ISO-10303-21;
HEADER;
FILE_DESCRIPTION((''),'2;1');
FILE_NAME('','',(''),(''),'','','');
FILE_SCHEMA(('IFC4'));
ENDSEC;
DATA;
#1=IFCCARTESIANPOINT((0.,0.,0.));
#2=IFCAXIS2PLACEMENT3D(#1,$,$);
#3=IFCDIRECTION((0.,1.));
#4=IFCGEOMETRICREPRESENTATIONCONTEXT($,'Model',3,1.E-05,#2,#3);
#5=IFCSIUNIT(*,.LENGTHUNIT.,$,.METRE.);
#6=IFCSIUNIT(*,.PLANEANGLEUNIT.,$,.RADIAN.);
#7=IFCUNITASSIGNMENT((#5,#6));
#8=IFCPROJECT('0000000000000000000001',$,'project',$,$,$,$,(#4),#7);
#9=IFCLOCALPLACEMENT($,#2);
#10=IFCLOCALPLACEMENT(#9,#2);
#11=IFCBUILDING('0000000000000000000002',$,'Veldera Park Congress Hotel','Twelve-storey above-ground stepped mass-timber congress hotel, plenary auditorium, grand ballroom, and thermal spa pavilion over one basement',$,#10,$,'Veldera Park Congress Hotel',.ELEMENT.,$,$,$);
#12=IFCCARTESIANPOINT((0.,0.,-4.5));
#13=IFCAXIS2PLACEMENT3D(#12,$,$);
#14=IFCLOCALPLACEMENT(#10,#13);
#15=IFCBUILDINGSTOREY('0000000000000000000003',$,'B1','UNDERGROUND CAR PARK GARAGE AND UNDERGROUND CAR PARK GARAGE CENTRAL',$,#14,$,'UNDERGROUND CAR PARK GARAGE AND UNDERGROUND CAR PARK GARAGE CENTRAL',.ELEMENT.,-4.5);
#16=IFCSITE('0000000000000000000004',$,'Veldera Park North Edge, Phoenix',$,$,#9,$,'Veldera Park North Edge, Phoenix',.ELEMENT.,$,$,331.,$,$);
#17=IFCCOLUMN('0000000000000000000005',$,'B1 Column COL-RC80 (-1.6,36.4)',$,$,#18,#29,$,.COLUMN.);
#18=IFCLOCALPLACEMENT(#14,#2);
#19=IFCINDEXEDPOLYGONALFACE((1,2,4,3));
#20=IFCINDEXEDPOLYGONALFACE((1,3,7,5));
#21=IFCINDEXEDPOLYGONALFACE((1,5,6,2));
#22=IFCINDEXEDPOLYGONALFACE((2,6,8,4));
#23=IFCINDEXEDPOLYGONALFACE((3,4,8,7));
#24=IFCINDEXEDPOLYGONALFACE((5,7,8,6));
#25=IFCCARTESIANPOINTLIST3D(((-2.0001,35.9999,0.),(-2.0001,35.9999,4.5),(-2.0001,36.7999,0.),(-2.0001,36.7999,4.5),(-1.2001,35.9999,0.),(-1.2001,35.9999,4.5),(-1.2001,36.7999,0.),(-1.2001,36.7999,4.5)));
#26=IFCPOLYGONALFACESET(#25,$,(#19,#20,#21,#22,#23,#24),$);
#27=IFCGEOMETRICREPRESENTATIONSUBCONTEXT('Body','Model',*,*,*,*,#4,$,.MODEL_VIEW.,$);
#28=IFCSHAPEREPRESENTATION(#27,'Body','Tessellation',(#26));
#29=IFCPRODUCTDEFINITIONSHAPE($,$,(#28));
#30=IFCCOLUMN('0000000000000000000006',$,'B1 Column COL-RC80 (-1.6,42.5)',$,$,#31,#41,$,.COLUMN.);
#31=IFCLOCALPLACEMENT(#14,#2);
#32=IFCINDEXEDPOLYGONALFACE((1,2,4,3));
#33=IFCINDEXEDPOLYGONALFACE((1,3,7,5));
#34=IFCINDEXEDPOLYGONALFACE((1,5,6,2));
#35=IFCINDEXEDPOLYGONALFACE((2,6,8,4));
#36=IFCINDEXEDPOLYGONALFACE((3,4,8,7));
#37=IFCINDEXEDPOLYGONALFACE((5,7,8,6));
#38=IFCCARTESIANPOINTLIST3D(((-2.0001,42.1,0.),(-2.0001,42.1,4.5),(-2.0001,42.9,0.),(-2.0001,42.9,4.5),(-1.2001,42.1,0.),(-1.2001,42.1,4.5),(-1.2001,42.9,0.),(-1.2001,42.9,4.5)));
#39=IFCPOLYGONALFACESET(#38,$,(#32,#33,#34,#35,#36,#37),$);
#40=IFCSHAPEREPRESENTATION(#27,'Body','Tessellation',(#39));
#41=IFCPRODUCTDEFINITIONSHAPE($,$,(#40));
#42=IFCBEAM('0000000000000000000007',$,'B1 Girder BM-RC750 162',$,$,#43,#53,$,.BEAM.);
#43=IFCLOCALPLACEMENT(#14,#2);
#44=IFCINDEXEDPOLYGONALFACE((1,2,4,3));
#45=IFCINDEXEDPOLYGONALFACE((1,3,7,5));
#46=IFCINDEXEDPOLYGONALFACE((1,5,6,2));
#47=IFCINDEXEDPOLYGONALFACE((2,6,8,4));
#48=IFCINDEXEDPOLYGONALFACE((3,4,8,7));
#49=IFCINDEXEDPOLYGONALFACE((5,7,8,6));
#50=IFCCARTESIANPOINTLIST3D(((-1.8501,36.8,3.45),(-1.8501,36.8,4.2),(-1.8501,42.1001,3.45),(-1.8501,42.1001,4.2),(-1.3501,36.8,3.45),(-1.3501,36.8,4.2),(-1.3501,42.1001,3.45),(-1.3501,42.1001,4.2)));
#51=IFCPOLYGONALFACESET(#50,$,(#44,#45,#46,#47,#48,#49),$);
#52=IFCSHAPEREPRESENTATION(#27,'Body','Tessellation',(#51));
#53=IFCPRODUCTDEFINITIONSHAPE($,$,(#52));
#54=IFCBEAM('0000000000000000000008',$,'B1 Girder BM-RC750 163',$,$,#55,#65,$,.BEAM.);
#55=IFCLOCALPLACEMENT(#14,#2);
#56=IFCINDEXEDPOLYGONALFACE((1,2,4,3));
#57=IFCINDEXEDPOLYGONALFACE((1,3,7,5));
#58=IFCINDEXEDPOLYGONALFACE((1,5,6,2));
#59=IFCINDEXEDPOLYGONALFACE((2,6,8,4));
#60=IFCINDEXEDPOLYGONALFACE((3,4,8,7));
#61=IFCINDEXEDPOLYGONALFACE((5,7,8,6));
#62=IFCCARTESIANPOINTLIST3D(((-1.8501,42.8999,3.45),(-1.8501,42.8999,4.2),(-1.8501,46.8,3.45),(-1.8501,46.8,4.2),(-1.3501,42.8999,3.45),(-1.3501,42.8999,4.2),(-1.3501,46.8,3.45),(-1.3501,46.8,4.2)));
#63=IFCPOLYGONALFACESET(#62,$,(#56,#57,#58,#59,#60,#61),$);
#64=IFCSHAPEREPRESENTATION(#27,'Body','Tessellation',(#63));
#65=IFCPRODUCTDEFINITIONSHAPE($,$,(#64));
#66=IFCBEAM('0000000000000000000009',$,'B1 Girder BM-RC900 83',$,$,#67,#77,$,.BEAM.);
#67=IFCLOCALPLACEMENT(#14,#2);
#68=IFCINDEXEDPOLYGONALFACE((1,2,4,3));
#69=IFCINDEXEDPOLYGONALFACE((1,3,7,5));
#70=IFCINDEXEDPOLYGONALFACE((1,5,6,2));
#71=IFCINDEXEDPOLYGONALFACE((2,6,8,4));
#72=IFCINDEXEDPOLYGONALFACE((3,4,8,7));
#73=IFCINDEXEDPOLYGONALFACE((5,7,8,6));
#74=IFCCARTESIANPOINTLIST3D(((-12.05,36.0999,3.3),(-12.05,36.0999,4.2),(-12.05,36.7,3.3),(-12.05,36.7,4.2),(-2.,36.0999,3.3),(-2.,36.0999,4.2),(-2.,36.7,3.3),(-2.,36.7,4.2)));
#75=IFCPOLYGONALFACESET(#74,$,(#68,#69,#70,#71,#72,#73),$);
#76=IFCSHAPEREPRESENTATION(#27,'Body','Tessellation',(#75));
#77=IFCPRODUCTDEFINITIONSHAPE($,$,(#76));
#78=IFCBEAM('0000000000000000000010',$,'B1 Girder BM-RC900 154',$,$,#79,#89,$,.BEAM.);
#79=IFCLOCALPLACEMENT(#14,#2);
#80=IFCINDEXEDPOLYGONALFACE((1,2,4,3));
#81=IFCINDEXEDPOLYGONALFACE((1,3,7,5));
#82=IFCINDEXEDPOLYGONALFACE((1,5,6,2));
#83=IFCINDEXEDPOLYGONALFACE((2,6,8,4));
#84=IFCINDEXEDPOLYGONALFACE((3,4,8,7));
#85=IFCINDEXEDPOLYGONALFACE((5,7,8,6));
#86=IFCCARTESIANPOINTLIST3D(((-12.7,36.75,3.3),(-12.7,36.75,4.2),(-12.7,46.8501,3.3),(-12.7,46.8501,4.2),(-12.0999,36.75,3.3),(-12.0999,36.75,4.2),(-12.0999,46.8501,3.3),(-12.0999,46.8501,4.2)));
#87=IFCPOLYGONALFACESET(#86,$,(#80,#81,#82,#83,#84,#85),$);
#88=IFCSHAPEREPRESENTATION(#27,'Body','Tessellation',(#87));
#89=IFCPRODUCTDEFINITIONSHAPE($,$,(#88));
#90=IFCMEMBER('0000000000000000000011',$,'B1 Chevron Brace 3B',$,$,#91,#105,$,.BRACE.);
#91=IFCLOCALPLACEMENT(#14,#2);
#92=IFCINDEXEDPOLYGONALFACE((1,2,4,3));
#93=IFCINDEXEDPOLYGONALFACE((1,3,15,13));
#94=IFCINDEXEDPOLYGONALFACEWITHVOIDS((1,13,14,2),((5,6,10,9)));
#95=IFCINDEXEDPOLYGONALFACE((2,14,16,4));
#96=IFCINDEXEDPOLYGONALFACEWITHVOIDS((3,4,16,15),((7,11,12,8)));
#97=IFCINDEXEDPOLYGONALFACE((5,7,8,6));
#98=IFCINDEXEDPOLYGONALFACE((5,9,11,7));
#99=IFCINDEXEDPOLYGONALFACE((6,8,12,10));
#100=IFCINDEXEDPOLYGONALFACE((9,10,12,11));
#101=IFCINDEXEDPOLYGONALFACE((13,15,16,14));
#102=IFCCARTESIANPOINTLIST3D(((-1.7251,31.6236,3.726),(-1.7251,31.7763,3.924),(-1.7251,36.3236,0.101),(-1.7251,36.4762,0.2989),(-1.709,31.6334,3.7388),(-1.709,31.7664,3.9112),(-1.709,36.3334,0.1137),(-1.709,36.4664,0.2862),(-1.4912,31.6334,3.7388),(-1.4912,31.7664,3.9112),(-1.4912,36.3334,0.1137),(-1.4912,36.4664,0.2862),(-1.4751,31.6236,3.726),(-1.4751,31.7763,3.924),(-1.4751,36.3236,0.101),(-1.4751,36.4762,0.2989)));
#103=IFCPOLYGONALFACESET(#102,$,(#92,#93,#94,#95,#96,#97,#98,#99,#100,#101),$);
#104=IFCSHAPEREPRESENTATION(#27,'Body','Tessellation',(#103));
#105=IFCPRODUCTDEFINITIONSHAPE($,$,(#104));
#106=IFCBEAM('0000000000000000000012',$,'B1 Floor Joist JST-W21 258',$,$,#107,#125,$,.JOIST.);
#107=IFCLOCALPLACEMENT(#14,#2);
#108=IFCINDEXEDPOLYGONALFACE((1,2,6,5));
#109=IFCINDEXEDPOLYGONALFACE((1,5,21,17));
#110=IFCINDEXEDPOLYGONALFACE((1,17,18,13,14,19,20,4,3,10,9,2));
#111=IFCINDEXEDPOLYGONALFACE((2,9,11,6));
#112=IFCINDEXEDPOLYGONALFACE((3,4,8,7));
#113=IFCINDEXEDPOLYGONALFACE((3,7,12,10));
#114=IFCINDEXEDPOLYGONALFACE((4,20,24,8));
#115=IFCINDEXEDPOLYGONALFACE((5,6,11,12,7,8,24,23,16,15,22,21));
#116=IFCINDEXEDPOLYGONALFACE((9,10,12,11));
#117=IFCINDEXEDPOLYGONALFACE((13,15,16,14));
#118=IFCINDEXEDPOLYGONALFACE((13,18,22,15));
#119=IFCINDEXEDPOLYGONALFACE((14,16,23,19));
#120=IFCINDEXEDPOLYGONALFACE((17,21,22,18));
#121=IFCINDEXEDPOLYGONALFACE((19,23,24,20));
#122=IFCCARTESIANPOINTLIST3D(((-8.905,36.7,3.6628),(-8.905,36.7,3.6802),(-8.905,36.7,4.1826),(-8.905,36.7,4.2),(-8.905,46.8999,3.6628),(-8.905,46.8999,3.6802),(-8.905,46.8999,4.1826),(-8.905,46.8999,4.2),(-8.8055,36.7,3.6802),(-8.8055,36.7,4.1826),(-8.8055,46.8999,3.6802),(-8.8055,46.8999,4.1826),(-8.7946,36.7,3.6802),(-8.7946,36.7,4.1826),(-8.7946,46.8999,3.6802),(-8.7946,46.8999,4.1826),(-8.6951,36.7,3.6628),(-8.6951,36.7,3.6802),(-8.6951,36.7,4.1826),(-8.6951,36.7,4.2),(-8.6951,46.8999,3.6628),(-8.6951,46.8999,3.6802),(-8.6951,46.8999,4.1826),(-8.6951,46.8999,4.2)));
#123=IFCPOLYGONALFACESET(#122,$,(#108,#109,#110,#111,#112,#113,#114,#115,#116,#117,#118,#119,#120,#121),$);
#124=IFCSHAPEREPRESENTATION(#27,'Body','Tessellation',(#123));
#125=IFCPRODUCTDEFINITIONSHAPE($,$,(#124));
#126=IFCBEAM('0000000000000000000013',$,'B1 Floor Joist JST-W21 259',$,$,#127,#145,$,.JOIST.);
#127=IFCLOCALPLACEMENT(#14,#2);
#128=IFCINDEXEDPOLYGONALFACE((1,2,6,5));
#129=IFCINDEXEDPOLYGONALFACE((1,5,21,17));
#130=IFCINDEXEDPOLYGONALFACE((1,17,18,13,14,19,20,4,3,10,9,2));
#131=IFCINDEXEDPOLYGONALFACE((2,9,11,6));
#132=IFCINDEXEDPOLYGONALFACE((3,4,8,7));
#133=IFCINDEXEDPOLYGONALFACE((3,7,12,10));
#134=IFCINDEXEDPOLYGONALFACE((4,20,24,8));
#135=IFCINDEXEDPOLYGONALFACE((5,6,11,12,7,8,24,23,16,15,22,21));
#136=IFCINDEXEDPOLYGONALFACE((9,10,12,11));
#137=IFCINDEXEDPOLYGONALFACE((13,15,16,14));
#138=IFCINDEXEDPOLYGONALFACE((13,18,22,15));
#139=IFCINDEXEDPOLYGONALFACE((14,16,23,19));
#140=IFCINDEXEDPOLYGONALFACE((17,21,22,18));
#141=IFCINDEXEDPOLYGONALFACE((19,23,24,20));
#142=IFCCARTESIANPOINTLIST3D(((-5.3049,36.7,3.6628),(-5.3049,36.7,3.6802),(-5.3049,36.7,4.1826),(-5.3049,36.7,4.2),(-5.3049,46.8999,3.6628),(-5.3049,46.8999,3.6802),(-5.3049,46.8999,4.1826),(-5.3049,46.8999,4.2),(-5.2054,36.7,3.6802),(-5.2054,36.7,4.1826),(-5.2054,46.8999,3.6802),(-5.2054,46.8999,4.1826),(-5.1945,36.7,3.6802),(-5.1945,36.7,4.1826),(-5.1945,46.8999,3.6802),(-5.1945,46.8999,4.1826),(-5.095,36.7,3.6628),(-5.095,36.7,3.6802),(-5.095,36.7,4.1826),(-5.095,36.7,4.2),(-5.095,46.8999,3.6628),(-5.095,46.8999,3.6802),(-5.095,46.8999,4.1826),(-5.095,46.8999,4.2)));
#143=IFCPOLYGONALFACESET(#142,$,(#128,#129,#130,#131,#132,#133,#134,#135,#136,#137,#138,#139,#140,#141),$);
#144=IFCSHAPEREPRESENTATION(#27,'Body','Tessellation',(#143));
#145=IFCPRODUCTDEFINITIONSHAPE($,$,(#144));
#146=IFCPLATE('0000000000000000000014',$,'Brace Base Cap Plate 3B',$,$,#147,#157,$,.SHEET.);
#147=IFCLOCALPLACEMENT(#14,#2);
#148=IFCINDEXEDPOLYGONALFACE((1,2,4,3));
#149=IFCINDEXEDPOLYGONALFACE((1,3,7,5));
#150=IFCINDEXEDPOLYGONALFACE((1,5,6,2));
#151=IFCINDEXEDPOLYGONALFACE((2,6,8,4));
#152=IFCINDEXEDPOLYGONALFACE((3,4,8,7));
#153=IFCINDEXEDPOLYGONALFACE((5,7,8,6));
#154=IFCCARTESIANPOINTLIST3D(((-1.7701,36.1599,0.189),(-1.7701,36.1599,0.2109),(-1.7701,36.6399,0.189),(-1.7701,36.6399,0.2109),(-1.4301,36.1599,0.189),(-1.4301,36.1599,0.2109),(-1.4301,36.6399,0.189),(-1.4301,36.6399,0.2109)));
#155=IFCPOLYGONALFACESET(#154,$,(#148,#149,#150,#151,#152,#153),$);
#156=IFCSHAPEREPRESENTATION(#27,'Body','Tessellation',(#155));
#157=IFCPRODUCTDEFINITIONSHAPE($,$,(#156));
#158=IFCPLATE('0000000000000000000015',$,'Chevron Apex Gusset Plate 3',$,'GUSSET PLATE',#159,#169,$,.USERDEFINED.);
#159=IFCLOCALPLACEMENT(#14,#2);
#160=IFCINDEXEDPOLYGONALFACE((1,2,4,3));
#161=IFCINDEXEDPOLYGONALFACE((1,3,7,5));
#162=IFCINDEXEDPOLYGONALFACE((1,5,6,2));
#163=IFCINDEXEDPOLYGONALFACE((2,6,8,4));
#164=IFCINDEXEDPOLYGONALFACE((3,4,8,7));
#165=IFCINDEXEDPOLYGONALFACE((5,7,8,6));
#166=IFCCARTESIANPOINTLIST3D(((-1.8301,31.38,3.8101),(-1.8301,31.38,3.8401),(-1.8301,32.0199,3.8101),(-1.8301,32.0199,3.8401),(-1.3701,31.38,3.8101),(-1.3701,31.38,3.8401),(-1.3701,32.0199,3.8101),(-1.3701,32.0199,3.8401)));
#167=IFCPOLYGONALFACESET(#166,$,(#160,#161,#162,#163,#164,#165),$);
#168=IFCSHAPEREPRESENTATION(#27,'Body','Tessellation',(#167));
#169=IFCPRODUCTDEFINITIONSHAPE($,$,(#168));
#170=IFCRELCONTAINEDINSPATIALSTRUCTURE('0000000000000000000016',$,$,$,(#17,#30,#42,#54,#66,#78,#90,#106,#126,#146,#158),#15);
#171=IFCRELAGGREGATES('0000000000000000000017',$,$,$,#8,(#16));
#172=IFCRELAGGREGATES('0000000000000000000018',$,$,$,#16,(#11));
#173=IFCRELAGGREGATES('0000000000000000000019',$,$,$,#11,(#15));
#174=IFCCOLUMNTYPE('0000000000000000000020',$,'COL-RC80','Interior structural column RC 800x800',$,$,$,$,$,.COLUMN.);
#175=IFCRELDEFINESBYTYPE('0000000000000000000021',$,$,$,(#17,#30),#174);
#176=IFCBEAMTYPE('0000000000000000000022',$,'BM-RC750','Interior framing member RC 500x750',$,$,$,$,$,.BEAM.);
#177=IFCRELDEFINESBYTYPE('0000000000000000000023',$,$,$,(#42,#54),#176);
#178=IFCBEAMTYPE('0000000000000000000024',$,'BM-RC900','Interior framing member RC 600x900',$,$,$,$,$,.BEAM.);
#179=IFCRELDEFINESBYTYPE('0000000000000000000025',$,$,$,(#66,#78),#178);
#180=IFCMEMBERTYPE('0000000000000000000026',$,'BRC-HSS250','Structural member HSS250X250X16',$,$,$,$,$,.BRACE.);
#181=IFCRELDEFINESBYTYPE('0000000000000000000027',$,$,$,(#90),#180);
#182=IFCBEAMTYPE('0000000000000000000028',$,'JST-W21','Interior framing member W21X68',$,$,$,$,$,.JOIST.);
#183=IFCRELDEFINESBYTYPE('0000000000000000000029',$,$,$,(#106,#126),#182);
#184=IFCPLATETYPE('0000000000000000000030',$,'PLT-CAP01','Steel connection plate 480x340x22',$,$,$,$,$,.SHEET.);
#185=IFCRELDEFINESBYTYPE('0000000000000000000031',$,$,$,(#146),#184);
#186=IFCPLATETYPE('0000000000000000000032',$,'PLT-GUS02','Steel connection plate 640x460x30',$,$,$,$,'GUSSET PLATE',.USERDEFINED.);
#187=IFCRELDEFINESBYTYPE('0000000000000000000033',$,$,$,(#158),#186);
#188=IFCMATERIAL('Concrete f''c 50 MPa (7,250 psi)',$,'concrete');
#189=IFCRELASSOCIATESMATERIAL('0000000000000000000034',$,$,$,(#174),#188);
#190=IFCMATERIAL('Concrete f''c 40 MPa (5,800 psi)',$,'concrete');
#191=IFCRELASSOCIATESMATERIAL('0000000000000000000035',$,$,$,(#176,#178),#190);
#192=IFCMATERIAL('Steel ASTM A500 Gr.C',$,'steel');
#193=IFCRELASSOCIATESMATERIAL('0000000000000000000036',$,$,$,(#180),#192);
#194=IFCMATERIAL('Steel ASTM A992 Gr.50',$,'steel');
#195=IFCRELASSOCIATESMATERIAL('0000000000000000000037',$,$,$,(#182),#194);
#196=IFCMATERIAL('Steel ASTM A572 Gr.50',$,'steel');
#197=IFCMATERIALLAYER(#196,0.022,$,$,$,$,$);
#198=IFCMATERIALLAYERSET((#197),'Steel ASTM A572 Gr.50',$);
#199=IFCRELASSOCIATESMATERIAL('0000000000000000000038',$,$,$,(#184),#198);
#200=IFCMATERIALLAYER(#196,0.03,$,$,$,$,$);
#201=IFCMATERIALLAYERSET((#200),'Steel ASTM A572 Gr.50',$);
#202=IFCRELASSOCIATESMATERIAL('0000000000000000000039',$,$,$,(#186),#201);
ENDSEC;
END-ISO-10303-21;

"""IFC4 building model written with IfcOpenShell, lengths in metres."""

from ifc_helpers import new_model, si_unit, direction, frame, origin, origin_2d, place, context, subcontext, project, spatial, rectangle, hollow_rectangle, i_section, extrude, material, layer, layer_set, material_profile, profile_set, type_object, element, save


model = new_model("IFC4")

# Units and contexts
model_context = context("Model", 3, precision=1e-05, world=origin(), true_north=direction((0.0, 1.0)))
body_context = subcontext(model_context, "Body", "Model", "MODEL_VIEW")
ifc_project = project(units=[si_unit("LENGTHUNIT", "METRE"), si_unit("PLANEANGLEUNIT", "RADIAN")], contexts=[model_context])

# Site, building, storey
site_placement = place(None, origin())
site = spatial("IfcSite", under=ifc_project, at=site_placement, Name="Veldera Park North Edge, Phoenix", LongName="Veldera Park North Edge, Phoenix", CompositionType="ELEMENT", RefElevation=331.0)
building_placement = place(site_placement, origin())
building = spatial("IfcBuilding", under=site, at=building_placement, Name="Veldera Park Congress Hotel", Description="Twelve-storey above-ground stepped mass-timber congress hotel, plenary auditorium, grand ballroom, and thermal spa pavilion over one basement", LongName="Veldera Park Congress Hotel", CompositionType="ELEMENT")
storey_placement = place(building_placement, frame((0.0, 0.0, -4.5)))
storey = spatial("IfcBuildingStorey", under=building, at=storey_placement, Name="B1", Description="UNDERGROUND CAR PARK GARAGE AND UNDERGROUND CAR PARK GARAGE CENTRAL", LongName="UNDERGROUND CAR PARK GARAGE AND UNDERGROUND CAR PARK GARAGE CENTRAL", CompositionType="ELEMENT", Elevation=-4.5)

# Shared definitions
ifc_material_1 = material(Name="Concrete f'c 40 MPa (5,800 psi)", Category="concrete")

# Columns
ifc_material_2 = material(Name="Concrete f'c 50 MPa (7,250 psi)", Category="concrete")
ifc_material_profile_1 = material_profile(ifc_material_2, rectangle(XDim=0.8, YDim=0.8, at=origin_2d()), Name="RC 800x800")
ifc_profile_set_1 = profile_set([ifc_material_profile_1], Name="Concrete f'c 50 MPa (7,250 psi)")
column_type_1 = type_object("IfcColumnType", Name="COL-RC80", Description="Interior structural column RC 800x800", PredefinedType="COLUMN", material=ifc_profile_set_1)
for number, where, z_axis, x_axis, name in (
    (1, (-1.6001, 36.3999, 0.0), (0.0, 0.0, 1.0), (1.0, 0.0, 0.0), "B1 Column COL-RC80 (-1.6,36.4)"),
    (2, (-1.6001, 42.5, 0.0), (0.0, 0.0, 1.0), (1.0, 0.0, 0.0), "B1 Column COL-RC80 (-1.6,42.5)"),
):
    element("IfcColumn", number, at=place(storey_placement, frame(where, z_axis=z_axis, x_axis=x_axis)), inside=storey, type_object=column_type_1, Name=name, PredefinedType="COLUMN", context=body_context, shape_type="SweptSolid", body=[
        extrude(rectangle(XDim=0.8, YDim=0.8, at=origin_2d()), origin(), (0.0, 0.0, 1.0), 4.5),
    ])

# Beams
ifc_material_profile_2 = material_profile(ifc_material_1, rectangle(XDim=0.5, YDim=0.75, at=origin_2d()), Name="RC 500x750")
ifc_profile_set_2 = profile_set([ifc_material_profile_2], Name="Concrete f'c 40 MPa (5,800 psi)")
beam_type_1 = type_object("IfcBeamType", Name="BM-RC750", Description="Interior framing member RC 500x750", PredefinedType="BEAM", material=ifc_profile_set_2)
beam_1_placement = place(storey_placement, frame((-1.6001, 36.8, 3.825), z_axis=(0.0, 1.0, 0.0), x_axis=(-1.0, 0.0, 0.0)))
element("IfcBeam", 3, at=beam_1_placement, inside=storey, type_object=beam_type_1, Name="B1 Girder BM-RC750 162", PredefinedType="BEAM", context=body_context, shape_type="SweptSolid", body=[
    extrude(rectangle(XDim=0.5, YDim=0.75, at=origin_2d()), origin(), (0.0, 0.0, 1.0), 5.3),
])
beam_2_placement = place(storey_placement, frame((-1.6001, 42.8999, 3.825), z_axis=(0.0, 1.0, 0.0), x_axis=(-1.0, 0.0, 0.0)))
element("IfcBeam", 4, at=beam_2_placement, inside=storey, type_object=beam_type_1, Name="B1 Girder BM-RC750 163", PredefinedType="BEAM", context=body_context, shape_type="SweptSolid", body=[
    extrude(rectangle(XDim=0.5, YDim=0.75, at=origin_2d()), origin(), (0.0, 0.0, 1.0), 3.9001),
])
ifc_material_profile_3 = material_profile(ifc_material_1, rectangle(XDim=0.6001, YDim=0.8999, at=origin_2d()), Name="RC 600x900")
ifc_profile_set_3 = profile_set([ifc_material_profile_3], Name="Concrete f'c 40 MPa (5,800 psi)")
beam_type_2 = type_object("IfcBeamType", Name="BM-RC900", Description="Interior framing member RC 600x900", PredefinedType="BEAM", material=ifc_profile_set_3)
beam_3_placement = place(storey_placement, frame((-12.05, 36.3999, 3.75), z_axis=(1.0, 0.0, 0.0), x_axis=(0.0, 1.0, 0.0)))
element("IfcBeam", 5, at=beam_3_placement, inside=storey, type_object=beam_type_2, Name="B1 Girder BM-RC900 83", PredefinedType="BEAM", context=body_context, shape_type="SweptSolid", body=[
    extrude(rectangle(XDim=0.6001, YDim=0.8999, at=origin_2d()), origin(), (0.0, 0.0, 1.0), 10.05),
])
beam_4_placement = place(storey_placement, frame((-12.3999, 36.75, 3.75), z_axis=(0.0, 1.0, 0.0), x_axis=(-1.0, 0.0, 0.0)))
element("IfcBeam", 6, at=beam_4_placement, inside=storey, type_object=beam_type_2, Name="B1 Girder BM-RC900 154", PredefinedType="BEAM", context=body_context, shape_type="SweptSolid", body=[
    extrude(rectangle(XDim=0.6001, YDim=0.8999, at=origin_2d()), origin(), (0.0, 0.0, 1.0), 10.1001),
])

# Member
ifc_material_3 = material(Name="Steel ASTM A500 Gr.C", Category="steel")
ifc_material_profile_4 = material_profile(ifc_material_3, hollow_rectangle(XDim=0.25, YDim=0.25, WallThickness=0.0161, at=origin_2d()), Name="HSS250X250X16")
ifc_profile_set_4 = profile_set([ifc_material_profile_4], Name="Steel ASTM A500 Gr.C")
member_type = type_object("IfcMemberType", Name="BRC-HSS250", Description="Structural member HSS250X250X16", PredefinedType="BRACE", material=ifc_profile_set_4)
member_placement = place(storey_placement, frame((-1.6001, 36.3999, 0.2), z_axis=(0.0, -0.791837, 0.610732), x_axis=(1.0, 0.0, 0.0)))
element("IfcMember", 7, at=member_placement, inside=storey, type_object=member_type, Name="B1 Chevron Brace 3B", PredefinedType="BRACE", context=body_context, shape_type="SweptSolid", body=[
    extrude(hollow_rectangle(XDim=0.25, YDim=0.25, WallThickness=0.0161, at=origin_2d()), origin(), (0.0, 0.0, 1.0), 5.9355),
])

# Beams
ifc_material_4 = material(Name="Steel ASTM A992 Gr.50", Category="steel")
ifc_material_profile_5 = material_profile(ifc_material_4, i_section(OverallWidth=0.21, OverallDepth=0.5371, WebThickness=0.011, FlangeThickness=0.0173, at=origin_2d()), Name="W21X68")
ifc_profile_set_5 = profile_set([ifc_material_profile_5], Name="Steel ASTM A992 Gr.50")
beam_type_3 = type_object("IfcBeamType", Name="JST-W21", Description="Interior framing member W21X68", PredefinedType="JOIST", material=ifc_profile_set_5)
for number, where, z_axis, x_axis, name in (
    (8, (-8.8, 36.7, 3.9314), (0.0, 1.0, 0.0), (-1.0, 0.0, 0.0), "B1 Floor Joist JST-W21 258"),
    (9, (-5.2, 36.7, 3.9314), (0.0, 1.0, 0.0), (-1.0, 0.0, 0.0), "B1 Floor Joist JST-W21 259"),
):
    element("IfcBeam", number, at=place(storey_placement, frame(where, z_axis=z_axis, x_axis=x_axis)), inside=storey, type_object=beam_type_3, Name=name, PredefinedType="JOIST", context=body_context, shape_type="SweptSolid", body=[
        extrude(i_section(OverallWidth=0.21, OverallDepth=0.5371, WebThickness=0.011, FlangeThickness=0.0173, at=origin_2d()), origin(), (0.0, 0.0, 1.0), 10.2),
    ])

# Plates
ifc_material_5 = material(Name="Steel ASTM A572 Gr.50", Category="steel")
ifc_layer_1 = layer(ifc_material_5, 0.022)
ifc_layer_set_1 = layer_set([ifc_layer_1], Name="Steel ASTM A572 Gr.50")
plate_type_1 = type_object("IfcPlateType", Name="PLT-CAP01", Description="Steel connection plate 480x340x22", PredefinedType="SHEET", material=ifc_layer_set_1)
plate_1_placement = place(storey_placement, frame((-1.6001, 36.3999, 0.189), z_axis=(0.0, 0.0, 1.0), x_axis=(0.0, 1.0, 0.0)))
element("IfcPlate", 10, at=plate_1_placement, inside=storey, type_object=plate_type_1, Name="Brace Base Cap Plate 3B", PredefinedType="SHEET", context=body_context, shape_type="SweptSolid", body=[
    extrude(rectangle(XDim=0.48, YDim=0.3401, at=origin_2d()), origin(), (0.0, 0.0, 1.0), 0.022),
])
ifc_layer_2 = layer(ifc_material_5, 0.03)
ifc_layer_set_2 = layer_set([ifc_layer_2], Name="Steel ASTM A572 Gr.50")
plate_type_2 = type_object("IfcPlateType", Name="PLT-GUS02", Description="Steel connection plate 640x460x30", ElementType="GUSSET PLATE", PredefinedType="USERDEFINED", material=ifc_layer_set_2)
plate_2_placement = place(storey_placement, frame((-1.6001, 31.7, 3.8101), z_axis=(0.0, 0.0, 1.0), x_axis=(0.0, 1.0, 0.0)))
element("IfcPlate", 11, at=plate_2_placement, inside=storey, type_object=plate_type_2, Name="Chevron Apex Gusset Plate 3", ObjectType="GUSSET PLATE", PredefinedType="USERDEFINED", context=body_context, shape_type="SweptSolid", body=[
    extrude(rectangle(XDim=0.6399, YDim=0.46, at=origin_2d()), origin(), (0.0, 0.0, 1.0), 0.03),
])

save(model, "model.ifc")
